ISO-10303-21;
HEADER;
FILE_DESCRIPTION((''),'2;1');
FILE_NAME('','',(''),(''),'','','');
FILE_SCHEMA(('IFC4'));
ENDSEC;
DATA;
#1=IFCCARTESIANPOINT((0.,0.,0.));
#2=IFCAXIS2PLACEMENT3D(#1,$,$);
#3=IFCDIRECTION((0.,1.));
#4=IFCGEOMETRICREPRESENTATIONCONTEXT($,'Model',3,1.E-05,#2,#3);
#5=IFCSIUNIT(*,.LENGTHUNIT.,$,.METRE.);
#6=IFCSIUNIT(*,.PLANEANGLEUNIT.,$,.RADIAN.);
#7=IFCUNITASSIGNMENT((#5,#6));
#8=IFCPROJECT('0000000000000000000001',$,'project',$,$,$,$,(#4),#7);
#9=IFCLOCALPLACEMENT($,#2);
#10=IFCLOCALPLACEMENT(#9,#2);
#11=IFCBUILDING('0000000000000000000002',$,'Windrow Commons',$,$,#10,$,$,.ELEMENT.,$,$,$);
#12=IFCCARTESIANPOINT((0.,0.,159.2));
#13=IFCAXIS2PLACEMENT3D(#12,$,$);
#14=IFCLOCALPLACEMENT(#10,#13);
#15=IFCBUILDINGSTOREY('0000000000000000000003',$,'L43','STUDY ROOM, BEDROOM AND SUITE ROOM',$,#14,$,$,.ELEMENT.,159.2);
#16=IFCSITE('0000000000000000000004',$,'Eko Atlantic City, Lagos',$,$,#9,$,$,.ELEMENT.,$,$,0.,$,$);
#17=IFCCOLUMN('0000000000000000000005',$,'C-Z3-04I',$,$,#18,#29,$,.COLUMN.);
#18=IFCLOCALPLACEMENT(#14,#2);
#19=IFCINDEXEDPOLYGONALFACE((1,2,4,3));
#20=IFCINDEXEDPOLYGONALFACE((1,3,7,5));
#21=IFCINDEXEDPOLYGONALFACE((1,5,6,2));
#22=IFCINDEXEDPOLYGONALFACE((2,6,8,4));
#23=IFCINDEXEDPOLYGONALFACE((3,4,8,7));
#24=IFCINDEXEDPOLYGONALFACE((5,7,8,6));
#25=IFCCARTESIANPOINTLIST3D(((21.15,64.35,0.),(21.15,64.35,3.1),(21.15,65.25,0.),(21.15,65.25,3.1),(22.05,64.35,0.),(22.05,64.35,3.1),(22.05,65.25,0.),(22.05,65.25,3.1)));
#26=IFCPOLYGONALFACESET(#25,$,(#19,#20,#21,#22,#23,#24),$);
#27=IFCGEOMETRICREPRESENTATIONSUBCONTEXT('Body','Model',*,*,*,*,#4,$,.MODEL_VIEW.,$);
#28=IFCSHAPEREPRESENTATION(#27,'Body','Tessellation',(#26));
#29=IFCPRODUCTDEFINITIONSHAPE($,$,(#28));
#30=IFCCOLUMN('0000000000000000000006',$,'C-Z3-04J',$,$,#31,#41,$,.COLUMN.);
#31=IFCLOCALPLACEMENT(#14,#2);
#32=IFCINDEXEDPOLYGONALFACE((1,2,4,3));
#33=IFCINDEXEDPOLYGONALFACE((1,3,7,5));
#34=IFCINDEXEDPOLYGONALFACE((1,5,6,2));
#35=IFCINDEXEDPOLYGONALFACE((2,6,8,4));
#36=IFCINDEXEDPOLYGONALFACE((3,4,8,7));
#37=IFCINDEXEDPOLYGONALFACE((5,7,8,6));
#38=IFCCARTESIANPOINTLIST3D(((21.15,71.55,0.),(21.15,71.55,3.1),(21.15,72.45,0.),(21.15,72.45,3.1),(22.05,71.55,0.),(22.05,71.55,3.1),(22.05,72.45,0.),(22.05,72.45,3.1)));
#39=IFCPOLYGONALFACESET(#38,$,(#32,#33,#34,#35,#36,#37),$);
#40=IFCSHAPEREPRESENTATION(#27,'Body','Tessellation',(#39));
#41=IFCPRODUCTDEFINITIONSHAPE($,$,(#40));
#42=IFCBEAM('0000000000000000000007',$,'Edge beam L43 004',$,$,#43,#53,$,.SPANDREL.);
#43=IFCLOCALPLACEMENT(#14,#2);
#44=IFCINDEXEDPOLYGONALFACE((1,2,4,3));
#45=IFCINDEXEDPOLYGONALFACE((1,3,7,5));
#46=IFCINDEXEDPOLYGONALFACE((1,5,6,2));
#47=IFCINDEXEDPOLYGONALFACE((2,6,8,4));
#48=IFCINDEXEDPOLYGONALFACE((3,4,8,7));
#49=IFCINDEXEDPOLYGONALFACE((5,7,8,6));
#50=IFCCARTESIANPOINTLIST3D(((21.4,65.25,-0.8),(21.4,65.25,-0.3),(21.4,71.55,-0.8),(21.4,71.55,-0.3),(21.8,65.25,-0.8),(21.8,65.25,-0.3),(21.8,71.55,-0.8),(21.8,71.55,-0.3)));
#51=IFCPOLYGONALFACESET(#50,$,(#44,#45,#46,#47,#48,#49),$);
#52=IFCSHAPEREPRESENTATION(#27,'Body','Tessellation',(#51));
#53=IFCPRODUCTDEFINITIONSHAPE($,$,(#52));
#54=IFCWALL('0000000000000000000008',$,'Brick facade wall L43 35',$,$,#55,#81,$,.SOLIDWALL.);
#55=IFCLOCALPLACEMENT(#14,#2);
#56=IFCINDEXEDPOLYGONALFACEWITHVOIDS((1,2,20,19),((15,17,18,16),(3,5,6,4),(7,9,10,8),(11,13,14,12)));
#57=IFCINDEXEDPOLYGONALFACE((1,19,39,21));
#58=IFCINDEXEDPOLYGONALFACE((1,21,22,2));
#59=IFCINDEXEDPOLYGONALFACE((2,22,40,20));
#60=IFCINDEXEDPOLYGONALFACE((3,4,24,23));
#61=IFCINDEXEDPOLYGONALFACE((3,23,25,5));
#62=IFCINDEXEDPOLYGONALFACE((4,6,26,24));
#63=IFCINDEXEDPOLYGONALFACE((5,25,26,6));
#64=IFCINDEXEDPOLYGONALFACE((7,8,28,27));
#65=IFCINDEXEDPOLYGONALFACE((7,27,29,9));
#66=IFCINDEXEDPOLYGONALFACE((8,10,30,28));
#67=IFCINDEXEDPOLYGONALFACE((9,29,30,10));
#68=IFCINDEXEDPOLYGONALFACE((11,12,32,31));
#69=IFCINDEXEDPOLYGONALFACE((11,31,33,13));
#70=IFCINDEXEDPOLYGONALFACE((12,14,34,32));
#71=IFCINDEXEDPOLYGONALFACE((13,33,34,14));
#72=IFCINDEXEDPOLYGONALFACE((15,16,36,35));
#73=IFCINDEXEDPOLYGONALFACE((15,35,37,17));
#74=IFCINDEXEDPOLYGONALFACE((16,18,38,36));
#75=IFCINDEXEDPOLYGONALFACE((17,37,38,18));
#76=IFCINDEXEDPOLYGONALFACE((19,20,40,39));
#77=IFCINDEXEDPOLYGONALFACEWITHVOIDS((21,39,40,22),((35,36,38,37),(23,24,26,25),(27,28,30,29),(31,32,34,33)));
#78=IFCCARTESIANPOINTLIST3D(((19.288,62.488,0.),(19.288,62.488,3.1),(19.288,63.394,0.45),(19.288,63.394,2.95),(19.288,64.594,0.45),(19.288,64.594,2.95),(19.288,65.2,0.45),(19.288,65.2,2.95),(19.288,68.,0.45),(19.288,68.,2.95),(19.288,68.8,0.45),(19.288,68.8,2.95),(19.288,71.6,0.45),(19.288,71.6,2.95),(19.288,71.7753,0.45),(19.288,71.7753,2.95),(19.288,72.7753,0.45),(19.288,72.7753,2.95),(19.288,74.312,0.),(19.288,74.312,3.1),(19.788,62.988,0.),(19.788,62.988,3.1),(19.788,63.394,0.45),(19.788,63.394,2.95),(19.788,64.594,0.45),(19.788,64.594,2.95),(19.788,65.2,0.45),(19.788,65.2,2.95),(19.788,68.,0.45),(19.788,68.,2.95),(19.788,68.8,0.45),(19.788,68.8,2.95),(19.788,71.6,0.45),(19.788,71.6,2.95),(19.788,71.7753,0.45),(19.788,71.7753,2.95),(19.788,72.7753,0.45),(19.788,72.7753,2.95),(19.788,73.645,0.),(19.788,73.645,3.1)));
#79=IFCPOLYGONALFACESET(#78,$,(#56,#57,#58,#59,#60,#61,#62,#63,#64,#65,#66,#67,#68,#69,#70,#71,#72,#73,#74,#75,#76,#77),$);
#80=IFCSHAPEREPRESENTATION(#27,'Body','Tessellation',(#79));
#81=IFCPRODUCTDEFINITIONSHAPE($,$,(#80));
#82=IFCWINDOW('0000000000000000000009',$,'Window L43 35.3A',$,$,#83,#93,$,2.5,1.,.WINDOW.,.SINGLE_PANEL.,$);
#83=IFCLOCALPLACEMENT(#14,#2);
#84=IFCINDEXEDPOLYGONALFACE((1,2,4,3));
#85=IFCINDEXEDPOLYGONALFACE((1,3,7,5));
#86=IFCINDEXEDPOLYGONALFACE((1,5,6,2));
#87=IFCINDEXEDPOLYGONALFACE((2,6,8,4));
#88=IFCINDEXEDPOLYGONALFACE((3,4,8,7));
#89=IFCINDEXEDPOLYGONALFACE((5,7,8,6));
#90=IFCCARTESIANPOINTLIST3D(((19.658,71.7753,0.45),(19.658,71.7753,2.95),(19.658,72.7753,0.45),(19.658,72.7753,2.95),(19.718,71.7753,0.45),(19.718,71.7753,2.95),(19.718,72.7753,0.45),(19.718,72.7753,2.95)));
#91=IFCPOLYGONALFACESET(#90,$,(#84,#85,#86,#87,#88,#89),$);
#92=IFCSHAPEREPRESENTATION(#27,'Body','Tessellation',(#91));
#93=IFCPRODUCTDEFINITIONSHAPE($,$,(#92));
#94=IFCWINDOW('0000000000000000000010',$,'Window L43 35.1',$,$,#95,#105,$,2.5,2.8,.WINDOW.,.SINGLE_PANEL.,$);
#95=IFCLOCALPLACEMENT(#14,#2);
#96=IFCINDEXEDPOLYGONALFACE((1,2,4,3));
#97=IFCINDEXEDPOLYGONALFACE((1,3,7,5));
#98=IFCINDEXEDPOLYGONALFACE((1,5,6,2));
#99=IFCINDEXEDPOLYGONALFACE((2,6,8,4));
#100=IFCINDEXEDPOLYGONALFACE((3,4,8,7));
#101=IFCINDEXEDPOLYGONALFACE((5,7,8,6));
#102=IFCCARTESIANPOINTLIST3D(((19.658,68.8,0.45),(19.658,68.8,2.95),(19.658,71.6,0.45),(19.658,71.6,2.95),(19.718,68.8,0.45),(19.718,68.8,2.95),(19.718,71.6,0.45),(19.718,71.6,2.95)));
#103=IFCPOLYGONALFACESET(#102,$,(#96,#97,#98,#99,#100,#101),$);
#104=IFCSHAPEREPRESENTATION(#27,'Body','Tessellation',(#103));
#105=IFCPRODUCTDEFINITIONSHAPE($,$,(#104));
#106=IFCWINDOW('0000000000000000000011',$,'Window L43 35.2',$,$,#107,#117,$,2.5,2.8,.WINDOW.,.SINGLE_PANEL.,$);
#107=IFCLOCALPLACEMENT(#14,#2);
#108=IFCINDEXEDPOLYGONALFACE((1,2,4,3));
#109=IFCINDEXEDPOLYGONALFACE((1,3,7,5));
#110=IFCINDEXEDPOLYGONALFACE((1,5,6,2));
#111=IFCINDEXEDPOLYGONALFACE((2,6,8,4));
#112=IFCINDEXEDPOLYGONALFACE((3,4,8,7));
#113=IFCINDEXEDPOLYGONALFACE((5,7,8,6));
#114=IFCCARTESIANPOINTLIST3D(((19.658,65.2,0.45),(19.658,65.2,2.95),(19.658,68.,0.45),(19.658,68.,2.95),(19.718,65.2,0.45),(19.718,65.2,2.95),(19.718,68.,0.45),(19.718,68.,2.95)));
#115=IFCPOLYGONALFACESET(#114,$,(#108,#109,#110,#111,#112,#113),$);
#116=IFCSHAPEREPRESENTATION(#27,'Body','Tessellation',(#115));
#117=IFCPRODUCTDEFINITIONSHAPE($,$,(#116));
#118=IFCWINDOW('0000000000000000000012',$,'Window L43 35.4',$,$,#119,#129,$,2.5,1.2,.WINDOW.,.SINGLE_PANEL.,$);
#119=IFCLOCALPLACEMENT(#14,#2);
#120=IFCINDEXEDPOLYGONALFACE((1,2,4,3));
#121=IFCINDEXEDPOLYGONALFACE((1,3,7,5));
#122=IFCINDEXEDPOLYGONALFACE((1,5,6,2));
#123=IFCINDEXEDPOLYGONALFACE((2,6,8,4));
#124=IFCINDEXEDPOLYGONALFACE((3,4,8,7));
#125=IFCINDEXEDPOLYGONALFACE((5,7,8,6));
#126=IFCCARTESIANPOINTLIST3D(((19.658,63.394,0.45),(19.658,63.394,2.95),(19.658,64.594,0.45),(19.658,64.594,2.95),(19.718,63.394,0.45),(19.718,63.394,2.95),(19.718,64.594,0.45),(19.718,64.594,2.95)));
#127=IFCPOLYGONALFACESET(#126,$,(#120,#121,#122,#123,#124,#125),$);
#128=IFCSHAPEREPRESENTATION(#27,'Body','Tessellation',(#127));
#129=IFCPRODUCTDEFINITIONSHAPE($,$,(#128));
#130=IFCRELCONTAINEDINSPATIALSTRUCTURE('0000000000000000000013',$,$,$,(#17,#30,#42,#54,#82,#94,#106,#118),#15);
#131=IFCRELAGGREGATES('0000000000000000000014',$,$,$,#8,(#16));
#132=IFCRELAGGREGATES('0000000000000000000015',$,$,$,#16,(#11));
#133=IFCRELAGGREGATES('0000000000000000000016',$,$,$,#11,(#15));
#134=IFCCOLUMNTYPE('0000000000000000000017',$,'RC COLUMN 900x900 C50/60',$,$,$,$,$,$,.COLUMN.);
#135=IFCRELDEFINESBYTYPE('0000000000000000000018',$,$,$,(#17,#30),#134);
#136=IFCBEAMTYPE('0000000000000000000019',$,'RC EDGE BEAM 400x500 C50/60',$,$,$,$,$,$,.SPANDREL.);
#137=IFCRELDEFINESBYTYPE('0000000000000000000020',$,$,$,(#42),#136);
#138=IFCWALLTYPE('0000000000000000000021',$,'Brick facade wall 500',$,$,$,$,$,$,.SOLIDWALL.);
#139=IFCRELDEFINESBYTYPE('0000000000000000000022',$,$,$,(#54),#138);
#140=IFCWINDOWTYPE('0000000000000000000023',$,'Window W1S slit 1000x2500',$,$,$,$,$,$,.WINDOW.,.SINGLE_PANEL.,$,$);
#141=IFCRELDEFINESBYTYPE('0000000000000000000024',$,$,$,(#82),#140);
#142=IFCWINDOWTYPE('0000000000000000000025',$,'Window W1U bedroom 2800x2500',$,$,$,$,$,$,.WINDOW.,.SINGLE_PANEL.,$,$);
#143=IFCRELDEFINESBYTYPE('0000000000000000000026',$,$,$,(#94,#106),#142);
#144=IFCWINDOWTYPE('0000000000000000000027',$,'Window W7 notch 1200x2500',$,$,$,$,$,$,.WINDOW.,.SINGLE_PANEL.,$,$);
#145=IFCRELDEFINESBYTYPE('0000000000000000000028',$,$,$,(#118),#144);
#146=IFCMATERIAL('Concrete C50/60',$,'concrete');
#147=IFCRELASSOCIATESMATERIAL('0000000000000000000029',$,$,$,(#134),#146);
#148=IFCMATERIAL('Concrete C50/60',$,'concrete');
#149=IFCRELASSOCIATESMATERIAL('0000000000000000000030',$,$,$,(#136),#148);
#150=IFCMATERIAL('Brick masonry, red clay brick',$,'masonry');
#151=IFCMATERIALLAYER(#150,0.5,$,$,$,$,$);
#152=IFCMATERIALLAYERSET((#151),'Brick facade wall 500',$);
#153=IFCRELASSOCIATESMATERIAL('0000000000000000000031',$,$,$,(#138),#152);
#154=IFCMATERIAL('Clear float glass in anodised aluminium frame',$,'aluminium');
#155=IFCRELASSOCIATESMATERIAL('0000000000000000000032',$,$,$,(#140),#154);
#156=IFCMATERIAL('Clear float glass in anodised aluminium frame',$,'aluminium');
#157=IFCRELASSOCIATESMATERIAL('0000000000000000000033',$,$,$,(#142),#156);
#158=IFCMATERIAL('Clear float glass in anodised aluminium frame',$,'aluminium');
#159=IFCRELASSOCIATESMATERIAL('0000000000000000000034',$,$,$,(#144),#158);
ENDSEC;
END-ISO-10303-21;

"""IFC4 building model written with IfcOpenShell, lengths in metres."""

from ifc_helpers import new_model, si_unit, direction, frame, frame_2d, origin, origin_2d, place, context, subcontext, project, spatial, polyline, rectangle, outline, extrude, material, layer, layer_set, material_profile, profile_set, type_object, element, fill, save


model = new_model("IFC4")

# Units and contexts
model_context = context("Model", 3, precision=1e-05, world=origin(), true_north=direction((0.0, 1.0)))
body_context = subcontext(model_context, "Body", "Model", "MODEL_VIEW")
ifc_project = project(units=[si_unit("LENGTHUNIT", "METRE"), si_unit("PLANEANGLEUNIT", "RADIAN")], contexts=[model_context])

# Site, building, storey
site_placement = place(None, origin())
site = spatial("IfcSite", under=ifc_project, at=site_placement, Name="Eko Atlantic City, Lagos", CompositionType="ELEMENT", RefElevation=0.0)
building_placement = place(site_placement, origin())
building = spatial("IfcBuilding", under=site, at=building_placement, Name="Windrow Commons", CompositionType="ELEMENT")
storey_placement = place(building_placement, frame((0.0, 0.0, 159.2)))
storey = spatial("IfcBuildingStorey", under=building, at=storey_placement, Name="L43", Description="STUDY ROOM, BEDROOM AND SUITE ROOM", CompositionType="ELEMENT", Elevation=159.2)

# Columns
ifc_material_1 = material(Name="Concrete C50/60", Category="concrete")
ifc_material_profile_1 = material_profile(ifc_material_1, rectangle(XDim=0.9, YDim=0.9, at=origin_2d()))
ifc_profile_set_1 = profile_set([ifc_material_profile_1], Name="Concrete C50/60")
column_type = type_object("IfcColumnType", Name="RC COLUMN 900x900 C50/60", PredefinedType="COLUMN", material=ifc_profile_set_1)
for number, where, z_axis, x_axis, name in (
    (1, (21.6, 64.8, 0.0), (0.0, 0.0, 1.0), (1.0, 0.0, 0.0), "C-Z3-04I"),
    (2, (21.6, 72.0, 0.0), (0.0, 0.0, 1.0), (1.0, 0.0, 0.0), "C-Z3-04J"),
):
    element("IfcColumn", number, at=place(storey_placement, frame(where, z_axis=z_axis, x_axis=x_axis)), inside=storey, type_object=column_type, Name=name, PredefinedType="COLUMN", context=body_context, shape_type="SweptSolid", body=[
        extrude(rectangle(XDim=0.9, YDim=0.9, at=origin_2d()), origin(), (0.0, 0.0, 1.0), 3.1),
    ])

# Beam
ifc_material_2 = material(Name="Concrete C50/60", Category="concrete")
ifc_material_profile_2 = material_profile(ifc_material_2, rectangle(XDim=0.4, YDim=0.5, at=origin_2d()))
ifc_profile_set_2 = profile_set([ifc_material_profile_2], Name="Concrete C50/60")
beam_type = type_object("IfcBeamType", Name="RC EDGE BEAM 400x500 C50/60", PredefinedType="SPANDREL", material=ifc_profile_set_2)
beam_placement = place(storey_placement, frame((21.6, 65.25, -0.55), z_axis=(0.0, 1.0, 0.0), x_axis=(-1.0, 0.0, 0.0)))
element("IfcBeam", 3, at=beam_placement, inside=storey, type_object=beam_type, Name="Edge beam L43 004", PredefinedType="SPANDREL", context=body_context, shape_type="SweptSolid", body=[
    extrude(rectangle(XDim=0.4, YDim=0.5, at=origin_2d()), origin(), (0.0, 0.0, 1.0), 6.3),
])

# Wall, openings, windows
ifc_material_3 = material(Name="Brick masonry, red clay brick", Category="masonry")
ifc_layer_1 = layer(ifc_material_3, 0.5)
ifc_layer_set_1 = layer_set([ifc_layer_1], Name="Brick facade wall 500")
wall_type_1 = type_object("IfcWallType", Name="Brick facade wall 500", PredefinedType="SOLIDWALL", material=ifc_layer_set_1)
wall_1_placement = place(storey_placement, frame((19.538, 73.9785, 0.0), z_axis=(0.0, 0.0, 1.0), x_axis=(0.0, -1.0, 0.0)))
wall_1 = element("IfcWall", 4, at=wall_1_placement, inside=storey, type_object=wall_type_1, Name="Brick facade wall L43 35", PredefinedType="SOLIDWALL", context=body_context, shape_type="SweptSolid", body=[
    extrude(outline(polyline([(-0.3335, -0.25), (11.4905, -0.25), (10.9905, 0.25), (0.3335, 0.25), (-0.3335, -0.25)])), origin(), (0.0, 0.0, 1.0), 3.1),
])
opening_1_placement = place(wall_1_placement, frame((2.3785, 0.0, 0.45)))
opening_1 = element("IfcOpeningElement", 5, at=opening_1_placement, cuts=wall_1, PredefinedType="OPENING", context=body_context, shape_type="SweptSolid", body=[
    extrude(rectangle(XDim=2.8, YDim=2.5, at=frame_2d((1.4, 1.25))), frame((0.0, 0.26, 0.0), z_axis=(0.0, -1.0, 0.0), x_axis=(1.0, 0.0, 0.0)), (0.0, 0.0, 1.0), 0.52),
])
opening_2_placement = place(wall_1_placement, frame((5.9785, 0.0, 0.45)))
opening_2 = element("IfcOpeningElement", 6, at=opening_2_placement, cuts=wall_1, PredefinedType="OPENING", context=body_context, shape_type="SweptSolid", body=[
    extrude(rectangle(XDim=2.8, YDim=2.5, at=frame_2d((1.4, 1.25))), frame((0.0, 0.26, 0.0), z_axis=(0.0, -1.0, 0.0), x_axis=(1.0, 0.0, 0.0)), (0.0, 0.0, 1.0), 0.52),
])
opening_3_placement = place(wall_1_placement, frame((9.3845, 0.0, 0.45)))
opening_3 = element("IfcOpeningElement", 7, at=opening_3_placement, cuts=wall_1, PredefinedType="OPENING", context=body_context, shape_type="SweptSolid", body=[
    extrude(rectangle(XDim=1.2, YDim=2.5, at=frame_2d((0.6, 1.25))), frame((0.0, 0.26, 0.0), z_axis=(0.0, -1.0, 0.0), x_axis=(1.0, 0.0, 0.0)), (0.0, 0.0, 1.0), 0.52),
])
opening_4_placement = place(wall_1_placement, frame((1.2032, 0.0, 0.45)))
opening_4 = element("IfcOpeningElement", 8, at=opening_4_placement, cuts=wall_1, PredefinedType="OPENING", context=body_context, shape_type="SweptSolid", body=[
    extrude(rectangle(XDim=1.0, YDim=2.5, at=frame_2d((0.5, 1.25))), frame((0.0, 0.26, 0.0), z_axis=(0.0, -1.0, 0.0), x_axis=(1.0, 0.0, 0.0)), (0.0, 0.0, 1.0), 0.52),
])
ifc_material_4 = material(Name="Clear float glass in anodised aluminium frame", Category="aluminium")
window_type_1 = type_object("IfcWindowType", Name="Window W1S slit 1000x2500", PartitioningType="SINGLE_PANEL", PredefinedType="WINDOW", material=ifc_material_4)
window_1_placement = place(opening_4_placement, origin())
window_1 = element("IfcWindow", 9, at=window_1_placement, inside=storey, type_object=window_type_1, Name="Window L43 35.3A", OverallHeight=2.5, OverallWidth=1.0, PartitioningType="SINGLE_PANEL", PredefinedType="WINDOW", context=body_context, shape_type="SweptSolid", body=[
    extrude(rectangle(XDim=1.0, YDim=2.5, at=frame_2d((0.5, 1.25))), frame((0.0, 0.18, 0.0), z_axis=(0.0, -1.0, 0.0), x_axis=(1.0, 0.0, 0.0)), (0.0, 0.0, 1.0), 0.06),
])
fill(opening_4, window_1)
ifc_material_5 = material(Name="Clear float glass in anodised aluminium frame", Category="aluminium")
window_type_2 = type_object("IfcWindowType", Name="Window W1U bedroom 2800x2500", PartitioningType="SINGLE_PANEL", PredefinedType="WINDOW", material=ifc_material_5)
window_2_placement = place(opening_1_placement, origin())
window_2 = element("IfcWindow", 10, at=window_2_placement, inside=storey, type_object=window_type_2, Name="Window L43 35.1", OverallHeight=2.5, OverallWidth=2.8, PartitioningType="SINGLE_PANEL", PredefinedType="WINDOW", context=body_context, shape_type="SweptSolid", body=[
    extrude(rectangle(XDim=2.8, YDim=2.5, at=frame_2d((1.4, 1.25))), frame((0.0, 0.18, 0.0), z_axis=(0.0, -1.0, 0.0), x_axis=(1.0, 0.0, 0.0)), (0.0, 0.0, 1.0), 0.06),
])
fill(opening_1, window_2)
window_3_placement = place(opening_2_placement, origin())
window_3 = element("IfcWindow", 11, at=window_3_placement, inside=storey, type_object=window_type_2, Name="Window L43 35.2", OverallHeight=2.5, OverallWidth=2.8, PartitioningType="SINGLE_PANEL", PredefinedType="WINDOW", context=body_context, shape_type="SweptSolid", body=[
    extrude(rectangle(XDim=2.8, YDim=2.5, at=frame_2d((1.4, 1.25))), frame((0.0, 0.18, 0.0), z_axis=(0.0, -1.0, 0.0), x_axis=(1.0, 0.0, 0.0)), (0.0, 0.0, 1.0), 0.06),
])
fill(opening_2, window_3)
ifc_material_6 = material(Name="Clear float glass in anodised aluminium frame", Category="aluminium")
window_type_3 = type_object("IfcWindowType", Name="Window W7 notch 1200x2500", PartitioningType="SINGLE_PANEL", PredefinedType="WINDOW", material=ifc_material_6)
window_4_placement = place(opening_3_placement, origin())
window_4 = element("IfcWindow", 12, at=window_4_placement, inside=storey, type_object=window_type_3, Name="Window L43 35.4", OverallHeight=2.5, OverallWidth=1.2, PartitioningType="SINGLE_PANEL", PredefinedType="WINDOW", context=body_context, shape_type="SweptSolid", body=[
    extrude(rectangle(XDim=1.2, YDim=2.5, at=frame_2d((0.6, 1.25))), frame((0.0, 0.18, 0.0), z_axis=(0.0, -1.0, 0.0), x_axis=(1.0, 0.0, 0.0)), (0.0, 0.0, 1.0), 0.06),
])
fill(opening_3, window_4)

save(model, "model.ifc")
